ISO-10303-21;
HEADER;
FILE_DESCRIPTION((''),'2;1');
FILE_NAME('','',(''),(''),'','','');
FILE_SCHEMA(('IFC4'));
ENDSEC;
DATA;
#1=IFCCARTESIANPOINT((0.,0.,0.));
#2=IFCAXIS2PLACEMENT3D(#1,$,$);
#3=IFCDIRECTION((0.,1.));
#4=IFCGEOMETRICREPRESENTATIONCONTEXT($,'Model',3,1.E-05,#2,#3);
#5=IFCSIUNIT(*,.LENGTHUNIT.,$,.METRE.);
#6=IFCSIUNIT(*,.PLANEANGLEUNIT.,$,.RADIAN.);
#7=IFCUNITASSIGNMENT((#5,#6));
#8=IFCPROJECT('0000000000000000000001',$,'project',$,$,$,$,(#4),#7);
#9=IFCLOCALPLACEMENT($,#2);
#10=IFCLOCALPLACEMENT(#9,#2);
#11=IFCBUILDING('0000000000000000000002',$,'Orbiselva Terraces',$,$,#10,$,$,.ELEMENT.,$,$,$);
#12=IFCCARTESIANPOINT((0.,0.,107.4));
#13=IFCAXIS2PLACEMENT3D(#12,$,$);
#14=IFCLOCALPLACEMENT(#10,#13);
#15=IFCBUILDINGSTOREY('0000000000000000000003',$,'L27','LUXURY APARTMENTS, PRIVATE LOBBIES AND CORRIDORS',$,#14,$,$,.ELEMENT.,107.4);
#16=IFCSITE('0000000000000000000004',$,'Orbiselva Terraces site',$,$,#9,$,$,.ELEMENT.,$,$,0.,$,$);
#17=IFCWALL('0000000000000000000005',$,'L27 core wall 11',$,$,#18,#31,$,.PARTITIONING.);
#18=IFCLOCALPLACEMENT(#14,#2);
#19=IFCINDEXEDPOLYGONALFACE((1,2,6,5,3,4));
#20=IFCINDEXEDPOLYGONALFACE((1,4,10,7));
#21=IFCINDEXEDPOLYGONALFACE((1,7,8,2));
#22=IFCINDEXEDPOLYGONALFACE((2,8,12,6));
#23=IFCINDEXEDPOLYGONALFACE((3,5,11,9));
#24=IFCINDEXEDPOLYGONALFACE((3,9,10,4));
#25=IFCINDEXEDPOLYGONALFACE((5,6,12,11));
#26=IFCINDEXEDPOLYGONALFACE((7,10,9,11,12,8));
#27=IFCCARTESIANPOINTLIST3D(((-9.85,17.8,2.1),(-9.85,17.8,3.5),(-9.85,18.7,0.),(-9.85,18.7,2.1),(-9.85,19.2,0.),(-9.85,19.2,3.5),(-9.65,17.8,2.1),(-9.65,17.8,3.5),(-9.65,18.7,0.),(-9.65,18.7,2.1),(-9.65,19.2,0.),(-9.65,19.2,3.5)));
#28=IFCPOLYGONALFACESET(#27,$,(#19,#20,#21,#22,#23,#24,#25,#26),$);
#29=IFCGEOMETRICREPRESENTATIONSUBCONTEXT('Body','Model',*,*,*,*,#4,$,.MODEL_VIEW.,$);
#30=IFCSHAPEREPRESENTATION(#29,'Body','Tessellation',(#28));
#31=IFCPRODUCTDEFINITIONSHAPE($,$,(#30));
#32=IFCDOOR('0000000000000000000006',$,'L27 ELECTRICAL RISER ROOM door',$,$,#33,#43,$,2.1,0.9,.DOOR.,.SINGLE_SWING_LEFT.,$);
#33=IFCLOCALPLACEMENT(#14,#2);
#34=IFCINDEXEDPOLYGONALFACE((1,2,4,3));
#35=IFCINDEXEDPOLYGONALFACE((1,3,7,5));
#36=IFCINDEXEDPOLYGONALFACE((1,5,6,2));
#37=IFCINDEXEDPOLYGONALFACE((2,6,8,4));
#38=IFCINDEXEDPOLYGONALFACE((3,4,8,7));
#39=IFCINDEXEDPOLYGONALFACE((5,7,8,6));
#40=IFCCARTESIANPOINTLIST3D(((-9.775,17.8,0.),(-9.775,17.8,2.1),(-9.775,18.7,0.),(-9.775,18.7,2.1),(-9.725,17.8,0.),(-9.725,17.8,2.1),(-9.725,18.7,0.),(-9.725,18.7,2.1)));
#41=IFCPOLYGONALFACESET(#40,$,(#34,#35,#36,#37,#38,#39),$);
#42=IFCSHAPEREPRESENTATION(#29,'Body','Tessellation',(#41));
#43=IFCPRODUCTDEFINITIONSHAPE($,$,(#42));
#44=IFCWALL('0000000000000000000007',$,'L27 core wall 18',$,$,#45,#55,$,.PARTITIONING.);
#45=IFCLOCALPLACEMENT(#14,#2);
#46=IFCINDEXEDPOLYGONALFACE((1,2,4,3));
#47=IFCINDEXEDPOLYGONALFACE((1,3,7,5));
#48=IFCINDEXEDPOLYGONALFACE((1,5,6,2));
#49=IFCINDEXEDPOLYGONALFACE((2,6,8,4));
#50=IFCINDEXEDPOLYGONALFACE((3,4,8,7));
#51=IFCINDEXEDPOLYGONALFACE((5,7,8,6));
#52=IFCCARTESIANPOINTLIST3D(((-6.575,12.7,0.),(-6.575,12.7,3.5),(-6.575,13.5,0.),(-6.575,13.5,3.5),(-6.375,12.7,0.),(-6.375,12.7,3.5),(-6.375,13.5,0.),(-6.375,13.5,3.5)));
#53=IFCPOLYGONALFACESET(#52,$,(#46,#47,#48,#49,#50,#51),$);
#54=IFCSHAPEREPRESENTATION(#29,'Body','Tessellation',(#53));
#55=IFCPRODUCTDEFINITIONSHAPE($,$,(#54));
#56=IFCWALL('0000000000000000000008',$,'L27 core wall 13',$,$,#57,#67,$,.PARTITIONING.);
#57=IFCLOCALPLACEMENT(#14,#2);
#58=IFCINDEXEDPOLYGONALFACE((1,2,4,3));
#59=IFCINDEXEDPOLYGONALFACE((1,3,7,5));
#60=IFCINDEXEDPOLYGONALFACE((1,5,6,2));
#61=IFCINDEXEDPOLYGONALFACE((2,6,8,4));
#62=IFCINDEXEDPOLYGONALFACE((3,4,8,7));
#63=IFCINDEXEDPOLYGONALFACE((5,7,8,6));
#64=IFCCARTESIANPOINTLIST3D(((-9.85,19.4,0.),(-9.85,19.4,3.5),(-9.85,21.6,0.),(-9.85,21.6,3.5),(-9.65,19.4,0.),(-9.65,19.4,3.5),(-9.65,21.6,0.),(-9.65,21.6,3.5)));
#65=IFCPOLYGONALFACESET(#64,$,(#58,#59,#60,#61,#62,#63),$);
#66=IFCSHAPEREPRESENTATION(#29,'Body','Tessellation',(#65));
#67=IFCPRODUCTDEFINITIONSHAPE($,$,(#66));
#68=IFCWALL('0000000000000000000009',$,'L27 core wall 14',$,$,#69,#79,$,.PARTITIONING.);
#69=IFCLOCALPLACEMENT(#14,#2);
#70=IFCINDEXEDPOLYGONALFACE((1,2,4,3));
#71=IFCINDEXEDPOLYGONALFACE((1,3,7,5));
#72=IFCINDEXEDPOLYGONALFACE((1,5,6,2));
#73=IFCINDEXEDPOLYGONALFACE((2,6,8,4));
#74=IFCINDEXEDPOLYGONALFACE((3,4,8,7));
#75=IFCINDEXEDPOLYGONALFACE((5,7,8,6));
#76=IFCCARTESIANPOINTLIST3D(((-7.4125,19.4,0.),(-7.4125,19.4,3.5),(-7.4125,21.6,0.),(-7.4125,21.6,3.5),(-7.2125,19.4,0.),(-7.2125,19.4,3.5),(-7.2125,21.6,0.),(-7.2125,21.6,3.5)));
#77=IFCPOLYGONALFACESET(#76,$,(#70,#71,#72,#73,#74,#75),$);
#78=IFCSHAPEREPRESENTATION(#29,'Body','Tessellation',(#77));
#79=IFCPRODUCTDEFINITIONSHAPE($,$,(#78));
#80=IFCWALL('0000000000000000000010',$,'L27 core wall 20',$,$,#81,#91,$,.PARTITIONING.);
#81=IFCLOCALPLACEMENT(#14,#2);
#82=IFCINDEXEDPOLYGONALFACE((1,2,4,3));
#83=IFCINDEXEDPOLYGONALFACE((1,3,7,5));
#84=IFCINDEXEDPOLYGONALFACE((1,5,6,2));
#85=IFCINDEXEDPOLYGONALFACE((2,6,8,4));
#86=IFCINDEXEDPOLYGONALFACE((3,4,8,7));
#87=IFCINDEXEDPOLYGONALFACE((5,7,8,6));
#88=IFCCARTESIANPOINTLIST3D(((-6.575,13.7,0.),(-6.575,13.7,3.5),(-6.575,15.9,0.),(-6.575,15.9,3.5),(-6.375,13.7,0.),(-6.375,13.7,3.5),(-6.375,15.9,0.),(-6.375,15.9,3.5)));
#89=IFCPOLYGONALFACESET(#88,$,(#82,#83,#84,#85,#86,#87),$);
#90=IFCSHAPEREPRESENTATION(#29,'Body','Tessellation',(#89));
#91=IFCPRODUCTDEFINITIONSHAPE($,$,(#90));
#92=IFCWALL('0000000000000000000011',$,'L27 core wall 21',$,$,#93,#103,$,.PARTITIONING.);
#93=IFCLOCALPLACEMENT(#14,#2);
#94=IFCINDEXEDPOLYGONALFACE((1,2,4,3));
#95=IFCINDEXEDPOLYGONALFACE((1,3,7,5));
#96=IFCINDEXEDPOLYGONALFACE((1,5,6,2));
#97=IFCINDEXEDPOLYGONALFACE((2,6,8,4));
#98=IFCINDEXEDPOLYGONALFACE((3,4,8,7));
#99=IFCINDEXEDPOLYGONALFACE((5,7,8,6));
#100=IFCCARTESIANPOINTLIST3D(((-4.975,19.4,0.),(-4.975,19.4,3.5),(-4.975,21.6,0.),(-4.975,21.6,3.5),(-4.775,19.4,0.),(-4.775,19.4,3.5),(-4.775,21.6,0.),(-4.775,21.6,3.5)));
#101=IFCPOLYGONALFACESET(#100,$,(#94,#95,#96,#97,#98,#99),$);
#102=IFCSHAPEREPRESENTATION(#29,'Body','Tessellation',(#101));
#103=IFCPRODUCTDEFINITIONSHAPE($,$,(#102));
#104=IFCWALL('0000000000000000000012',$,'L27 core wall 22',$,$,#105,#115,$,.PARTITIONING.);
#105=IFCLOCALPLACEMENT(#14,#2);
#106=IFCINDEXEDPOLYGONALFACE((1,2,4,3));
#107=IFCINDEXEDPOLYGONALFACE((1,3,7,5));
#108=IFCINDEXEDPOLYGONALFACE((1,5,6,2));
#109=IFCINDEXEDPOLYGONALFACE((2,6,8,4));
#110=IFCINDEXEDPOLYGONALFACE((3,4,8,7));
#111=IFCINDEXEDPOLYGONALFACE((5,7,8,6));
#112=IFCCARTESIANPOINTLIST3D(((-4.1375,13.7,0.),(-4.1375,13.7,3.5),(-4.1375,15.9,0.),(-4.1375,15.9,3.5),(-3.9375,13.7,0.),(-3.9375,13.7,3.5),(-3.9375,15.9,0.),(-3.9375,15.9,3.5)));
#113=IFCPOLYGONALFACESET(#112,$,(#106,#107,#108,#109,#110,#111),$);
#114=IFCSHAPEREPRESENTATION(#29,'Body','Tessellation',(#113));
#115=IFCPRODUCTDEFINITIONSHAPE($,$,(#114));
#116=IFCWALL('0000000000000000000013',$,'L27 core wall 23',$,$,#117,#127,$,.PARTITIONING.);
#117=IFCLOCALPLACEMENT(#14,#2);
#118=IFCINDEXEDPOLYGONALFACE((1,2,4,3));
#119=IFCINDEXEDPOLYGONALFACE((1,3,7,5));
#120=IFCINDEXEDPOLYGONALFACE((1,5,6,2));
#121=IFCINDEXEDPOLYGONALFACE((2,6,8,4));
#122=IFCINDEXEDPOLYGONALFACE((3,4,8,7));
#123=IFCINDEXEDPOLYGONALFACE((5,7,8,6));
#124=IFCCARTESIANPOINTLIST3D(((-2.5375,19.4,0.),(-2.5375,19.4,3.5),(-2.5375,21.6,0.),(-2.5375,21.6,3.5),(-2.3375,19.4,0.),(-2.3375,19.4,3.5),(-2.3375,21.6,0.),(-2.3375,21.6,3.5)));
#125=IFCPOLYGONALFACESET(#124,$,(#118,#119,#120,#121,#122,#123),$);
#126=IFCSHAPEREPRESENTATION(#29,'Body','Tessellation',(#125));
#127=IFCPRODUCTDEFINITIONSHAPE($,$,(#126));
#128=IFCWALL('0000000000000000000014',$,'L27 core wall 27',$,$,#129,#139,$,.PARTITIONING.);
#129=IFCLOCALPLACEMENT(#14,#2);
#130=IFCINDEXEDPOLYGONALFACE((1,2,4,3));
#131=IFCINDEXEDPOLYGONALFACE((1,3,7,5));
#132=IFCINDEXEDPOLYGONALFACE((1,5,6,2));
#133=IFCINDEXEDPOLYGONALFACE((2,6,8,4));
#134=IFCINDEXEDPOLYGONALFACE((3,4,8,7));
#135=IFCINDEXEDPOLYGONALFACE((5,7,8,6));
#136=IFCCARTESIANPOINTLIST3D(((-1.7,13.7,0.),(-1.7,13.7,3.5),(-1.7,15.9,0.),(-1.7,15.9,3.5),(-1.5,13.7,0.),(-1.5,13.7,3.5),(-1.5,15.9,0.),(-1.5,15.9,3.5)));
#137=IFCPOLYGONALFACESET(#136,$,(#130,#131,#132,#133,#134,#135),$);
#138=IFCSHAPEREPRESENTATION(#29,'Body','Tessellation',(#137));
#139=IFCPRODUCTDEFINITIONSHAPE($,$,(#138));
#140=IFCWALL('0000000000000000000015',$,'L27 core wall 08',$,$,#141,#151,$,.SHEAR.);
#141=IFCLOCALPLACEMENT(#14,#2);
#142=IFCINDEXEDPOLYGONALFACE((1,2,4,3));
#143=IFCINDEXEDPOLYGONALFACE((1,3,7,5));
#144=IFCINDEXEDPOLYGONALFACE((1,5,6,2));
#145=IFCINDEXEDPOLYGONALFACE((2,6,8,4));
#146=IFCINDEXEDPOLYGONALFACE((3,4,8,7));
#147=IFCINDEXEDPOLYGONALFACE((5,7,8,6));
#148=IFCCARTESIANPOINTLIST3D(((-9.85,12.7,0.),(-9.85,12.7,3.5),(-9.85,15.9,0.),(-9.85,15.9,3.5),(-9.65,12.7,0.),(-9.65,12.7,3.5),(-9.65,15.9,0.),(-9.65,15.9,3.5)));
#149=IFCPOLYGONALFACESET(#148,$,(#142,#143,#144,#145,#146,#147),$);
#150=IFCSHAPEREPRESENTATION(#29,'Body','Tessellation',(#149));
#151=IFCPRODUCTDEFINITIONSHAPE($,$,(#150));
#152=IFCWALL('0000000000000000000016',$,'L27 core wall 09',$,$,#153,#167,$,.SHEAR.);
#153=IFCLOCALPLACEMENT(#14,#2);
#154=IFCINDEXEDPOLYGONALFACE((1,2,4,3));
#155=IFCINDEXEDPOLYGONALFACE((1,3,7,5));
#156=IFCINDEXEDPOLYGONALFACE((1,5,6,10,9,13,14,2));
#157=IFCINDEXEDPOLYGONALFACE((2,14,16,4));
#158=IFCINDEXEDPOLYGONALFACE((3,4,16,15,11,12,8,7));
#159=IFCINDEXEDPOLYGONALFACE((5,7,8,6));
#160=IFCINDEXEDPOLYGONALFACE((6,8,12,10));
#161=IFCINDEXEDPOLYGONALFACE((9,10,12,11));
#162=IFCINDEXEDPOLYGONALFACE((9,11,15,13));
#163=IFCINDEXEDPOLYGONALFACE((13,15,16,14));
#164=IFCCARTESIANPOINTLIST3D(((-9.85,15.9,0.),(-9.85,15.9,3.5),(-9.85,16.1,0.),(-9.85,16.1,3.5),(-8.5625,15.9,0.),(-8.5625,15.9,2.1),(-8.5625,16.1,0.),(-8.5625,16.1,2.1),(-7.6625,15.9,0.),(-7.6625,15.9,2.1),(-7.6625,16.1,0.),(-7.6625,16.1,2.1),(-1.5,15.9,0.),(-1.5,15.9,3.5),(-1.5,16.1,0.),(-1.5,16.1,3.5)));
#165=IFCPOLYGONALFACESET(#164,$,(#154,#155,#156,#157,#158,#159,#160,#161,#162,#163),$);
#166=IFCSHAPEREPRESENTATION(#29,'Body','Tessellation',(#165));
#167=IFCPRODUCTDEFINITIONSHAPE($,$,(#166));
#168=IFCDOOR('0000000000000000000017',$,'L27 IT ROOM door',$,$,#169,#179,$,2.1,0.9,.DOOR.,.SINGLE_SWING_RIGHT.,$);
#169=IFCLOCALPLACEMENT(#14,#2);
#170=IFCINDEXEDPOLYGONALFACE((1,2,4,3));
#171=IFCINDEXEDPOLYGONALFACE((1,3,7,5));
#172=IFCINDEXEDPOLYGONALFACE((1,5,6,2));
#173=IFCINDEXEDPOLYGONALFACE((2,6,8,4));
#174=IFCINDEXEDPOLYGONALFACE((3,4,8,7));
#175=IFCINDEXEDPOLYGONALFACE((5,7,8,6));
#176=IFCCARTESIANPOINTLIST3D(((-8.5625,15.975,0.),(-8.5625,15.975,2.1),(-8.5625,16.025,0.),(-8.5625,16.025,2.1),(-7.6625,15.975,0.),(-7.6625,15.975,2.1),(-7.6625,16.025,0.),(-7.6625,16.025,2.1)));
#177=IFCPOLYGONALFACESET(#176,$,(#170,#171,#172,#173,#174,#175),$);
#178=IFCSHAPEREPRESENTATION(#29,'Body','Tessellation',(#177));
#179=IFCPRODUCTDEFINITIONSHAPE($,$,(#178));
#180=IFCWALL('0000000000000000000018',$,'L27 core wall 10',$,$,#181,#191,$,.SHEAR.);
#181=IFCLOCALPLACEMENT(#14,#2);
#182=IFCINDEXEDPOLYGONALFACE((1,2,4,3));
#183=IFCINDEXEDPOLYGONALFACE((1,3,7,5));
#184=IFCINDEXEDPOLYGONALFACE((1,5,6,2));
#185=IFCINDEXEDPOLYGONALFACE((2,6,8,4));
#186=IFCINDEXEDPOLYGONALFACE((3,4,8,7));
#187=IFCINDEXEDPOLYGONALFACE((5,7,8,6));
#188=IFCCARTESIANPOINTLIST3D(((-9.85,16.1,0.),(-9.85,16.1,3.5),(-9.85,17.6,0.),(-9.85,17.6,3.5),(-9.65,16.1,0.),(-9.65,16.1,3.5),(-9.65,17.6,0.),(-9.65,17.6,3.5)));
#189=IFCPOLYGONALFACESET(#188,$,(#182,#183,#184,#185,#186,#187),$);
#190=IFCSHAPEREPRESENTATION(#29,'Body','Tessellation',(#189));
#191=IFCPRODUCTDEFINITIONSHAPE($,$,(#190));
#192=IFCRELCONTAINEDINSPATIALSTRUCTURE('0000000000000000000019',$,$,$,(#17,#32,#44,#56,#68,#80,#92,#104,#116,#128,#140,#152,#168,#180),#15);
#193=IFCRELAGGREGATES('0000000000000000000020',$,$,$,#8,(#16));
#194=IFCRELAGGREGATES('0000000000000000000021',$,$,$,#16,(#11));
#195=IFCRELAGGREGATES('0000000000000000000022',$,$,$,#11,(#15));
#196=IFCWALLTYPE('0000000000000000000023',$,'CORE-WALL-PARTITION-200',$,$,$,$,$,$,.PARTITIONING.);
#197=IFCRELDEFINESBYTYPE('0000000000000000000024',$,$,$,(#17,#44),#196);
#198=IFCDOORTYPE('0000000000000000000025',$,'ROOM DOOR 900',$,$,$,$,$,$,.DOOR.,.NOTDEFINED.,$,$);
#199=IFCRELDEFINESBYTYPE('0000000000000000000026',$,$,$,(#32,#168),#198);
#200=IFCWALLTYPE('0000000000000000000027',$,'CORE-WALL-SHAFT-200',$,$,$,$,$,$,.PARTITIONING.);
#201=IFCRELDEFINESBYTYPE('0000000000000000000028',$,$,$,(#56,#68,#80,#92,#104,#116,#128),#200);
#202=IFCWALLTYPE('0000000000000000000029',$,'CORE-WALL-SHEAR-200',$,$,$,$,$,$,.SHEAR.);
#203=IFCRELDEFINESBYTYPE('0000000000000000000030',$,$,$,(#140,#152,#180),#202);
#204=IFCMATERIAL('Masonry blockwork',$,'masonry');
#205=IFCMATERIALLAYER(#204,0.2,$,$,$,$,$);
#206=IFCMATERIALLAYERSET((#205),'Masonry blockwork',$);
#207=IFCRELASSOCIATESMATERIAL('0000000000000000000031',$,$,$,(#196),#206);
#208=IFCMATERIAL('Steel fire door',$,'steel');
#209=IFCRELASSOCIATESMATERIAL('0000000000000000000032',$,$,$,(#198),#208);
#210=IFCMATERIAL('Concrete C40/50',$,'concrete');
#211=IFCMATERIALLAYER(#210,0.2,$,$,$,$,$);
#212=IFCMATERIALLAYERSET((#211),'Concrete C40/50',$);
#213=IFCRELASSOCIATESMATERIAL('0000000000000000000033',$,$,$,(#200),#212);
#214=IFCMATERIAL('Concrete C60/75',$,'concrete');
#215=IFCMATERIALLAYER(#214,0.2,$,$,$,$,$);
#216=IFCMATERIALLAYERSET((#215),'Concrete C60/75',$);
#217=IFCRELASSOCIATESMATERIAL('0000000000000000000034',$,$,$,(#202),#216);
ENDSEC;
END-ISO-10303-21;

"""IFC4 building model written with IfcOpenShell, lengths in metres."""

from ifc_helpers import new_model, si_unit, direction, frame, frame_2d, origin, place, context, subcontext, project, spatial, rectangle, extrude, material, layer, layer_set, type_object, element, fill, save


model = new_model("IFC4")

# Units and contexts
model_context = context("Model", 3, precision=1e-05, world=origin(), true_north=direction((0.0, 1.0)))
body_context = subcontext(model_context, "Body", "Model", "MODEL_VIEW")
ifc_project = project(units=[si_unit("LENGTHUNIT", "METRE"), si_unit("PLANEANGLEUNIT", "RADIAN")], contexts=[model_context])

# Site, building, storey
site_placement = place(None, origin())
site = spatial("IfcSite", under=ifc_project, at=site_placement, Name="Orbiselva Terraces site", CompositionType="ELEMENT", RefElevation=0.0)
building_placement = place(site_placement, origin())
building = spatial("IfcBuilding", under=site, at=building_placement, Name="Orbiselva Terraces", CompositionType="ELEMENT")
storey_placement = place(building_placement, frame((0.0, 0.0, 107.4)))
storey = spatial("IfcBuildingStorey", under=building, at=storey_placement, Name="L27", Description="LUXURY APARTMENTS, PRIVATE LOBBIES AND CORRIDORS", CompositionType="ELEMENT", Elevation=107.4)

# Wall, opening, door
ifc_material_1 = material(Name="Masonry blockwork", Category="masonry")
ifc_layer_1 = layer(ifc_material_1, 0.2)
ifc_layer_set_1 = layer_set([ifc_layer_1], Name="Masonry blockwork")
wall_type_1 = type_object("IfcWallType", Name="CORE-WALL-PARTITION-200", PredefinedType="PARTITIONING", material=ifc_layer_set_1)
wall_1_placement = place(storey_placement, frame((-9.75, 17.8, 0.0), z_axis=(0.0, 0.0, 1.0), x_axis=(0.0, 1.0, 0.0)))
wall_1 = element("IfcWall", 1, at=wall_1_placement, inside=storey, type_object=wall_type_1, Name="L27 core wall 11", PredefinedType="PARTITIONING", context=body_context, shape_type="SweptSolid", body=[
    extrude(rectangle(XDim=1.4, YDim=0.2, at=frame_2d((0.7, 0.0))), origin(), (0.0, 0.0, 1.0), 3.5),
])
opening_1_placement = place(wall_1_placement, origin())
opening_1 = element("IfcOpeningElement", 2, at=opening_1_placement, cuts=wall_1, PredefinedType="OPENING", context=body_context, shape_type="SweptSolid", body=[
    extrude(rectangle(XDim=0.9, YDim=2.1, at=frame_2d((0.45, 1.05))), frame((0.0, 0.11, 0.0), z_axis=(0.0, -1.0, 0.0), x_axis=(1.0, 0.0, 0.0)), (0.0, 0.0, 1.0), 0.22),
])
ifc_material_2 = material(Name="Steel fire door", Category="steel")
door_type_1 = type_object("IfcDoorType", Name="ROOM DOOR 900", OperationType="NOTDEFINED", PredefinedType="DOOR", material=ifc_material_2)
door_1_placement = place(opening_1_placement, origin())
door_1 = element("IfcDoor", 3, at=door_1_placement, inside=storey, type_object=door_type_1, Name="L27 ELECTRICAL RISER ROOM door", OperationType="SINGLE_SWING_LEFT", OverallHeight=2.1, OverallWidth=0.9, PredefinedType="DOOR", context=body_context, shape_type="SweptSolid", body=[
    extrude(rectangle(XDim=0.9, YDim=2.1, at=frame_2d((0.45, 1.05))), frame((0.0, 0.025, 0.0), z_axis=(0.0, -1.0, 0.0), x_axis=(1.0, 0.0, 0.0)), (0.0, 0.0, 1.0), 0.05),
])
fill(opening_1, door_1)

# Walls
wall_2_placement = place(storey_placement, frame((-6.475, 12.7, 0.0), z_axis=(0.0, 0.0, 1.0), x_axis=(0.0, 1.0, 0.0)))
element("IfcWall", 4, at=wall_2_placement, inside=storey, type_object=wall_type_1, Name="L27 core wall 18", PredefinedType="PARTITIONING", context=body_context, shape_type="SweptSolid", body=[
    extrude(rectangle(XDim=0.8, YDim=0.2, at=frame_2d((0.4, 0.0))), origin(), (0.0, 0.0, 1.0), 3.5),
])
ifc_material_3 = material(Name="Concrete C40/50", Category="concrete")
ifc_layer_2 = layer(ifc_material_3, 0.2)
ifc_layer_set_2 = layer_set([ifc_layer_2], Name="Concrete C40/50")
wall_type_2 = type_object("IfcWallType", Name="CORE-WALL-SHAFT-200", PredefinedType="PARTITIONING", material=ifc_layer_set_2)
for number, where, z_axis, x_axis, name in (
    (5, (-9.75, 19.4, 0.0), (0.0, 0.0, 1.0), (0.0, 1.0, 0.0), "L27 core wall 13"),
    (6, (-7.3125, 19.4, 0.0), (0.0, 0.0, 1.0), (0.0, 1.0, 0.0), "L27 core wall 14"),
    (7, (-6.475, 13.7, 0.0), (0.0, 0.0, 1.0), (0.0, 1.0, 0.0), "L27 core wall 20"),
    (8, (-4.875, 19.4, 0.0), (0.0, 0.0, 1.0), (0.0, 1.0, 0.0), "L27 core wall 21"),
    (9, (-4.0375, 13.7, 0.0), (0.0, 0.0, 1.0), (0.0, 1.0, 0.0), "L27 core wall 22"),
    (10, (-2.4375, 19.4, 0.0), (0.0, 0.0, 1.0), (0.0, 1.0, 0.0), "L27 core wall 23"),
    (11, (-1.6, 13.7, 0.0), (0.0, 0.0, 1.0), (0.0, 1.0, 0.0), "L27 core wall 27"),
):
    element("IfcWall", number, at=place(storey_placement, frame(where, z_axis=z_axis, x_axis=x_axis)), inside=storey, type_object=wall_type_2, Name=name, PredefinedType="PARTITIONING", context=body_context, shape_type="SweptSolid", body=[
        extrude(rectangle(XDim=2.2, YDim=0.2, at=frame_2d((1.1, 0.0))), origin(), (0.0, 0.0, 1.0), 3.5),
    ])
ifc_material_4 = material(Name="Concrete C60/75", Category="concrete")
ifc_layer_3 = layer(ifc_material_4, 0.2)
ifc_layer_set_3 = layer_set([ifc_layer_3], Name="Concrete C60/75")
wall_type_3 = type_object("IfcWallType", Name="CORE-WALL-SHEAR-200", PredefinedType="SHEAR", material=ifc_layer_set_3)
wall_3_placement = place(storey_placement, frame((-9.75, 12.7, 0.0), z_axis=(0.0, 0.0, 1.0), x_axis=(0.0, 1.0, 0.0)))
element("IfcWall", 12, at=wall_3_placement, inside=storey, type_object=wall_type_3, Name="L27 core wall 08", PredefinedType="SHEAR", context=body_context, shape_type="SweptSolid", body=[
    extrude(rectangle(XDim=3.2, YDim=0.2, at=frame_2d((1.6, 0.0))), origin(), (0.0, 0.0, 1.0), 3.5),
])

# Wall, opening, door
wall_4_placement = place(storey_placement, frame((-1.5, 16.0, 0.0), z_axis=(0.0, 0.0, 1.0), x_axis=(-1.0, 0.0, 0.0)))
wall_4 = element("IfcWall", 13, at=wall_4_placement, inside=storey, type_object=wall_type_3, Name="L27 core wall 09", PredefinedType="SHEAR", context=body_context, shape_type="SweptSolid", body=[
    extrude(rectangle(XDim=8.35, YDim=0.2, at=frame_2d((4.175, 0.0))), origin(), (0.0, 0.0, 1.0), 3.5),
])
opening_2_placement = place(wall_4_placement, frame((6.1625, 0.0, 0.0)))
opening_2 = element("IfcOpeningElement", 14, at=opening_2_placement, cuts=wall_4, PredefinedType="OPENING", context=body_context, shape_type="SweptSolid", body=[
    extrude(rectangle(XDim=0.9, YDim=2.1, at=frame_2d((0.45, 1.05))), frame((0.0, 0.11, 0.0), z_axis=(0.0, -1.0, 0.0), x_axis=(1.0, 0.0, 0.0)), (0.0, 0.0, 1.0), 0.22),
])
door_2_placement = place(opening_2_placement, origin())
door_2 = element("IfcDoor", 15, at=door_2_placement, inside=storey, type_object=door_type_1, Name="L27 IT ROOM door", OperationType="SINGLE_SWING_RIGHT", OverallHeight=2.1, OverallWidth=0.9, PredefinedType="DOOR", context=body_context, shape_type="SweptSolid", body=[
    extrude(rectangle(XDim=0.9, YDim=2.1, at=frame_2d((0.45, 1.05))), frame((0.0, 0.025, 0.0), z_axis=(0.0, -1.0, 0.0), x_axis=(1.0, 0.0, 0.0)), (0.0, 0.0, 1.0), 0.05),
])
fill(opening_2, door_2)

# Wall
wall_5_placement = place(storey_placement, frame((-9.75, 16.1, 0.0), z_axis=(0.0, 0.0, 1.0), x_axis=(0.0, 1.0, 0.0)))
element("IfcWall", 16, at=wall_5_placement, inside=storey, type_object=wall_type_3, Name="L27 core wall 10", PredefinedType="SHEAR", context=body_context, shape_type="SweptSolid", body=[
    extrude(rectangle(XDim=1.5, YDim=0.2, at=frame_2d((0.75, 0.0))), origin(), (0.0, 0.0, 1.0), 3.5),
])

save(model, "model.ifc")
